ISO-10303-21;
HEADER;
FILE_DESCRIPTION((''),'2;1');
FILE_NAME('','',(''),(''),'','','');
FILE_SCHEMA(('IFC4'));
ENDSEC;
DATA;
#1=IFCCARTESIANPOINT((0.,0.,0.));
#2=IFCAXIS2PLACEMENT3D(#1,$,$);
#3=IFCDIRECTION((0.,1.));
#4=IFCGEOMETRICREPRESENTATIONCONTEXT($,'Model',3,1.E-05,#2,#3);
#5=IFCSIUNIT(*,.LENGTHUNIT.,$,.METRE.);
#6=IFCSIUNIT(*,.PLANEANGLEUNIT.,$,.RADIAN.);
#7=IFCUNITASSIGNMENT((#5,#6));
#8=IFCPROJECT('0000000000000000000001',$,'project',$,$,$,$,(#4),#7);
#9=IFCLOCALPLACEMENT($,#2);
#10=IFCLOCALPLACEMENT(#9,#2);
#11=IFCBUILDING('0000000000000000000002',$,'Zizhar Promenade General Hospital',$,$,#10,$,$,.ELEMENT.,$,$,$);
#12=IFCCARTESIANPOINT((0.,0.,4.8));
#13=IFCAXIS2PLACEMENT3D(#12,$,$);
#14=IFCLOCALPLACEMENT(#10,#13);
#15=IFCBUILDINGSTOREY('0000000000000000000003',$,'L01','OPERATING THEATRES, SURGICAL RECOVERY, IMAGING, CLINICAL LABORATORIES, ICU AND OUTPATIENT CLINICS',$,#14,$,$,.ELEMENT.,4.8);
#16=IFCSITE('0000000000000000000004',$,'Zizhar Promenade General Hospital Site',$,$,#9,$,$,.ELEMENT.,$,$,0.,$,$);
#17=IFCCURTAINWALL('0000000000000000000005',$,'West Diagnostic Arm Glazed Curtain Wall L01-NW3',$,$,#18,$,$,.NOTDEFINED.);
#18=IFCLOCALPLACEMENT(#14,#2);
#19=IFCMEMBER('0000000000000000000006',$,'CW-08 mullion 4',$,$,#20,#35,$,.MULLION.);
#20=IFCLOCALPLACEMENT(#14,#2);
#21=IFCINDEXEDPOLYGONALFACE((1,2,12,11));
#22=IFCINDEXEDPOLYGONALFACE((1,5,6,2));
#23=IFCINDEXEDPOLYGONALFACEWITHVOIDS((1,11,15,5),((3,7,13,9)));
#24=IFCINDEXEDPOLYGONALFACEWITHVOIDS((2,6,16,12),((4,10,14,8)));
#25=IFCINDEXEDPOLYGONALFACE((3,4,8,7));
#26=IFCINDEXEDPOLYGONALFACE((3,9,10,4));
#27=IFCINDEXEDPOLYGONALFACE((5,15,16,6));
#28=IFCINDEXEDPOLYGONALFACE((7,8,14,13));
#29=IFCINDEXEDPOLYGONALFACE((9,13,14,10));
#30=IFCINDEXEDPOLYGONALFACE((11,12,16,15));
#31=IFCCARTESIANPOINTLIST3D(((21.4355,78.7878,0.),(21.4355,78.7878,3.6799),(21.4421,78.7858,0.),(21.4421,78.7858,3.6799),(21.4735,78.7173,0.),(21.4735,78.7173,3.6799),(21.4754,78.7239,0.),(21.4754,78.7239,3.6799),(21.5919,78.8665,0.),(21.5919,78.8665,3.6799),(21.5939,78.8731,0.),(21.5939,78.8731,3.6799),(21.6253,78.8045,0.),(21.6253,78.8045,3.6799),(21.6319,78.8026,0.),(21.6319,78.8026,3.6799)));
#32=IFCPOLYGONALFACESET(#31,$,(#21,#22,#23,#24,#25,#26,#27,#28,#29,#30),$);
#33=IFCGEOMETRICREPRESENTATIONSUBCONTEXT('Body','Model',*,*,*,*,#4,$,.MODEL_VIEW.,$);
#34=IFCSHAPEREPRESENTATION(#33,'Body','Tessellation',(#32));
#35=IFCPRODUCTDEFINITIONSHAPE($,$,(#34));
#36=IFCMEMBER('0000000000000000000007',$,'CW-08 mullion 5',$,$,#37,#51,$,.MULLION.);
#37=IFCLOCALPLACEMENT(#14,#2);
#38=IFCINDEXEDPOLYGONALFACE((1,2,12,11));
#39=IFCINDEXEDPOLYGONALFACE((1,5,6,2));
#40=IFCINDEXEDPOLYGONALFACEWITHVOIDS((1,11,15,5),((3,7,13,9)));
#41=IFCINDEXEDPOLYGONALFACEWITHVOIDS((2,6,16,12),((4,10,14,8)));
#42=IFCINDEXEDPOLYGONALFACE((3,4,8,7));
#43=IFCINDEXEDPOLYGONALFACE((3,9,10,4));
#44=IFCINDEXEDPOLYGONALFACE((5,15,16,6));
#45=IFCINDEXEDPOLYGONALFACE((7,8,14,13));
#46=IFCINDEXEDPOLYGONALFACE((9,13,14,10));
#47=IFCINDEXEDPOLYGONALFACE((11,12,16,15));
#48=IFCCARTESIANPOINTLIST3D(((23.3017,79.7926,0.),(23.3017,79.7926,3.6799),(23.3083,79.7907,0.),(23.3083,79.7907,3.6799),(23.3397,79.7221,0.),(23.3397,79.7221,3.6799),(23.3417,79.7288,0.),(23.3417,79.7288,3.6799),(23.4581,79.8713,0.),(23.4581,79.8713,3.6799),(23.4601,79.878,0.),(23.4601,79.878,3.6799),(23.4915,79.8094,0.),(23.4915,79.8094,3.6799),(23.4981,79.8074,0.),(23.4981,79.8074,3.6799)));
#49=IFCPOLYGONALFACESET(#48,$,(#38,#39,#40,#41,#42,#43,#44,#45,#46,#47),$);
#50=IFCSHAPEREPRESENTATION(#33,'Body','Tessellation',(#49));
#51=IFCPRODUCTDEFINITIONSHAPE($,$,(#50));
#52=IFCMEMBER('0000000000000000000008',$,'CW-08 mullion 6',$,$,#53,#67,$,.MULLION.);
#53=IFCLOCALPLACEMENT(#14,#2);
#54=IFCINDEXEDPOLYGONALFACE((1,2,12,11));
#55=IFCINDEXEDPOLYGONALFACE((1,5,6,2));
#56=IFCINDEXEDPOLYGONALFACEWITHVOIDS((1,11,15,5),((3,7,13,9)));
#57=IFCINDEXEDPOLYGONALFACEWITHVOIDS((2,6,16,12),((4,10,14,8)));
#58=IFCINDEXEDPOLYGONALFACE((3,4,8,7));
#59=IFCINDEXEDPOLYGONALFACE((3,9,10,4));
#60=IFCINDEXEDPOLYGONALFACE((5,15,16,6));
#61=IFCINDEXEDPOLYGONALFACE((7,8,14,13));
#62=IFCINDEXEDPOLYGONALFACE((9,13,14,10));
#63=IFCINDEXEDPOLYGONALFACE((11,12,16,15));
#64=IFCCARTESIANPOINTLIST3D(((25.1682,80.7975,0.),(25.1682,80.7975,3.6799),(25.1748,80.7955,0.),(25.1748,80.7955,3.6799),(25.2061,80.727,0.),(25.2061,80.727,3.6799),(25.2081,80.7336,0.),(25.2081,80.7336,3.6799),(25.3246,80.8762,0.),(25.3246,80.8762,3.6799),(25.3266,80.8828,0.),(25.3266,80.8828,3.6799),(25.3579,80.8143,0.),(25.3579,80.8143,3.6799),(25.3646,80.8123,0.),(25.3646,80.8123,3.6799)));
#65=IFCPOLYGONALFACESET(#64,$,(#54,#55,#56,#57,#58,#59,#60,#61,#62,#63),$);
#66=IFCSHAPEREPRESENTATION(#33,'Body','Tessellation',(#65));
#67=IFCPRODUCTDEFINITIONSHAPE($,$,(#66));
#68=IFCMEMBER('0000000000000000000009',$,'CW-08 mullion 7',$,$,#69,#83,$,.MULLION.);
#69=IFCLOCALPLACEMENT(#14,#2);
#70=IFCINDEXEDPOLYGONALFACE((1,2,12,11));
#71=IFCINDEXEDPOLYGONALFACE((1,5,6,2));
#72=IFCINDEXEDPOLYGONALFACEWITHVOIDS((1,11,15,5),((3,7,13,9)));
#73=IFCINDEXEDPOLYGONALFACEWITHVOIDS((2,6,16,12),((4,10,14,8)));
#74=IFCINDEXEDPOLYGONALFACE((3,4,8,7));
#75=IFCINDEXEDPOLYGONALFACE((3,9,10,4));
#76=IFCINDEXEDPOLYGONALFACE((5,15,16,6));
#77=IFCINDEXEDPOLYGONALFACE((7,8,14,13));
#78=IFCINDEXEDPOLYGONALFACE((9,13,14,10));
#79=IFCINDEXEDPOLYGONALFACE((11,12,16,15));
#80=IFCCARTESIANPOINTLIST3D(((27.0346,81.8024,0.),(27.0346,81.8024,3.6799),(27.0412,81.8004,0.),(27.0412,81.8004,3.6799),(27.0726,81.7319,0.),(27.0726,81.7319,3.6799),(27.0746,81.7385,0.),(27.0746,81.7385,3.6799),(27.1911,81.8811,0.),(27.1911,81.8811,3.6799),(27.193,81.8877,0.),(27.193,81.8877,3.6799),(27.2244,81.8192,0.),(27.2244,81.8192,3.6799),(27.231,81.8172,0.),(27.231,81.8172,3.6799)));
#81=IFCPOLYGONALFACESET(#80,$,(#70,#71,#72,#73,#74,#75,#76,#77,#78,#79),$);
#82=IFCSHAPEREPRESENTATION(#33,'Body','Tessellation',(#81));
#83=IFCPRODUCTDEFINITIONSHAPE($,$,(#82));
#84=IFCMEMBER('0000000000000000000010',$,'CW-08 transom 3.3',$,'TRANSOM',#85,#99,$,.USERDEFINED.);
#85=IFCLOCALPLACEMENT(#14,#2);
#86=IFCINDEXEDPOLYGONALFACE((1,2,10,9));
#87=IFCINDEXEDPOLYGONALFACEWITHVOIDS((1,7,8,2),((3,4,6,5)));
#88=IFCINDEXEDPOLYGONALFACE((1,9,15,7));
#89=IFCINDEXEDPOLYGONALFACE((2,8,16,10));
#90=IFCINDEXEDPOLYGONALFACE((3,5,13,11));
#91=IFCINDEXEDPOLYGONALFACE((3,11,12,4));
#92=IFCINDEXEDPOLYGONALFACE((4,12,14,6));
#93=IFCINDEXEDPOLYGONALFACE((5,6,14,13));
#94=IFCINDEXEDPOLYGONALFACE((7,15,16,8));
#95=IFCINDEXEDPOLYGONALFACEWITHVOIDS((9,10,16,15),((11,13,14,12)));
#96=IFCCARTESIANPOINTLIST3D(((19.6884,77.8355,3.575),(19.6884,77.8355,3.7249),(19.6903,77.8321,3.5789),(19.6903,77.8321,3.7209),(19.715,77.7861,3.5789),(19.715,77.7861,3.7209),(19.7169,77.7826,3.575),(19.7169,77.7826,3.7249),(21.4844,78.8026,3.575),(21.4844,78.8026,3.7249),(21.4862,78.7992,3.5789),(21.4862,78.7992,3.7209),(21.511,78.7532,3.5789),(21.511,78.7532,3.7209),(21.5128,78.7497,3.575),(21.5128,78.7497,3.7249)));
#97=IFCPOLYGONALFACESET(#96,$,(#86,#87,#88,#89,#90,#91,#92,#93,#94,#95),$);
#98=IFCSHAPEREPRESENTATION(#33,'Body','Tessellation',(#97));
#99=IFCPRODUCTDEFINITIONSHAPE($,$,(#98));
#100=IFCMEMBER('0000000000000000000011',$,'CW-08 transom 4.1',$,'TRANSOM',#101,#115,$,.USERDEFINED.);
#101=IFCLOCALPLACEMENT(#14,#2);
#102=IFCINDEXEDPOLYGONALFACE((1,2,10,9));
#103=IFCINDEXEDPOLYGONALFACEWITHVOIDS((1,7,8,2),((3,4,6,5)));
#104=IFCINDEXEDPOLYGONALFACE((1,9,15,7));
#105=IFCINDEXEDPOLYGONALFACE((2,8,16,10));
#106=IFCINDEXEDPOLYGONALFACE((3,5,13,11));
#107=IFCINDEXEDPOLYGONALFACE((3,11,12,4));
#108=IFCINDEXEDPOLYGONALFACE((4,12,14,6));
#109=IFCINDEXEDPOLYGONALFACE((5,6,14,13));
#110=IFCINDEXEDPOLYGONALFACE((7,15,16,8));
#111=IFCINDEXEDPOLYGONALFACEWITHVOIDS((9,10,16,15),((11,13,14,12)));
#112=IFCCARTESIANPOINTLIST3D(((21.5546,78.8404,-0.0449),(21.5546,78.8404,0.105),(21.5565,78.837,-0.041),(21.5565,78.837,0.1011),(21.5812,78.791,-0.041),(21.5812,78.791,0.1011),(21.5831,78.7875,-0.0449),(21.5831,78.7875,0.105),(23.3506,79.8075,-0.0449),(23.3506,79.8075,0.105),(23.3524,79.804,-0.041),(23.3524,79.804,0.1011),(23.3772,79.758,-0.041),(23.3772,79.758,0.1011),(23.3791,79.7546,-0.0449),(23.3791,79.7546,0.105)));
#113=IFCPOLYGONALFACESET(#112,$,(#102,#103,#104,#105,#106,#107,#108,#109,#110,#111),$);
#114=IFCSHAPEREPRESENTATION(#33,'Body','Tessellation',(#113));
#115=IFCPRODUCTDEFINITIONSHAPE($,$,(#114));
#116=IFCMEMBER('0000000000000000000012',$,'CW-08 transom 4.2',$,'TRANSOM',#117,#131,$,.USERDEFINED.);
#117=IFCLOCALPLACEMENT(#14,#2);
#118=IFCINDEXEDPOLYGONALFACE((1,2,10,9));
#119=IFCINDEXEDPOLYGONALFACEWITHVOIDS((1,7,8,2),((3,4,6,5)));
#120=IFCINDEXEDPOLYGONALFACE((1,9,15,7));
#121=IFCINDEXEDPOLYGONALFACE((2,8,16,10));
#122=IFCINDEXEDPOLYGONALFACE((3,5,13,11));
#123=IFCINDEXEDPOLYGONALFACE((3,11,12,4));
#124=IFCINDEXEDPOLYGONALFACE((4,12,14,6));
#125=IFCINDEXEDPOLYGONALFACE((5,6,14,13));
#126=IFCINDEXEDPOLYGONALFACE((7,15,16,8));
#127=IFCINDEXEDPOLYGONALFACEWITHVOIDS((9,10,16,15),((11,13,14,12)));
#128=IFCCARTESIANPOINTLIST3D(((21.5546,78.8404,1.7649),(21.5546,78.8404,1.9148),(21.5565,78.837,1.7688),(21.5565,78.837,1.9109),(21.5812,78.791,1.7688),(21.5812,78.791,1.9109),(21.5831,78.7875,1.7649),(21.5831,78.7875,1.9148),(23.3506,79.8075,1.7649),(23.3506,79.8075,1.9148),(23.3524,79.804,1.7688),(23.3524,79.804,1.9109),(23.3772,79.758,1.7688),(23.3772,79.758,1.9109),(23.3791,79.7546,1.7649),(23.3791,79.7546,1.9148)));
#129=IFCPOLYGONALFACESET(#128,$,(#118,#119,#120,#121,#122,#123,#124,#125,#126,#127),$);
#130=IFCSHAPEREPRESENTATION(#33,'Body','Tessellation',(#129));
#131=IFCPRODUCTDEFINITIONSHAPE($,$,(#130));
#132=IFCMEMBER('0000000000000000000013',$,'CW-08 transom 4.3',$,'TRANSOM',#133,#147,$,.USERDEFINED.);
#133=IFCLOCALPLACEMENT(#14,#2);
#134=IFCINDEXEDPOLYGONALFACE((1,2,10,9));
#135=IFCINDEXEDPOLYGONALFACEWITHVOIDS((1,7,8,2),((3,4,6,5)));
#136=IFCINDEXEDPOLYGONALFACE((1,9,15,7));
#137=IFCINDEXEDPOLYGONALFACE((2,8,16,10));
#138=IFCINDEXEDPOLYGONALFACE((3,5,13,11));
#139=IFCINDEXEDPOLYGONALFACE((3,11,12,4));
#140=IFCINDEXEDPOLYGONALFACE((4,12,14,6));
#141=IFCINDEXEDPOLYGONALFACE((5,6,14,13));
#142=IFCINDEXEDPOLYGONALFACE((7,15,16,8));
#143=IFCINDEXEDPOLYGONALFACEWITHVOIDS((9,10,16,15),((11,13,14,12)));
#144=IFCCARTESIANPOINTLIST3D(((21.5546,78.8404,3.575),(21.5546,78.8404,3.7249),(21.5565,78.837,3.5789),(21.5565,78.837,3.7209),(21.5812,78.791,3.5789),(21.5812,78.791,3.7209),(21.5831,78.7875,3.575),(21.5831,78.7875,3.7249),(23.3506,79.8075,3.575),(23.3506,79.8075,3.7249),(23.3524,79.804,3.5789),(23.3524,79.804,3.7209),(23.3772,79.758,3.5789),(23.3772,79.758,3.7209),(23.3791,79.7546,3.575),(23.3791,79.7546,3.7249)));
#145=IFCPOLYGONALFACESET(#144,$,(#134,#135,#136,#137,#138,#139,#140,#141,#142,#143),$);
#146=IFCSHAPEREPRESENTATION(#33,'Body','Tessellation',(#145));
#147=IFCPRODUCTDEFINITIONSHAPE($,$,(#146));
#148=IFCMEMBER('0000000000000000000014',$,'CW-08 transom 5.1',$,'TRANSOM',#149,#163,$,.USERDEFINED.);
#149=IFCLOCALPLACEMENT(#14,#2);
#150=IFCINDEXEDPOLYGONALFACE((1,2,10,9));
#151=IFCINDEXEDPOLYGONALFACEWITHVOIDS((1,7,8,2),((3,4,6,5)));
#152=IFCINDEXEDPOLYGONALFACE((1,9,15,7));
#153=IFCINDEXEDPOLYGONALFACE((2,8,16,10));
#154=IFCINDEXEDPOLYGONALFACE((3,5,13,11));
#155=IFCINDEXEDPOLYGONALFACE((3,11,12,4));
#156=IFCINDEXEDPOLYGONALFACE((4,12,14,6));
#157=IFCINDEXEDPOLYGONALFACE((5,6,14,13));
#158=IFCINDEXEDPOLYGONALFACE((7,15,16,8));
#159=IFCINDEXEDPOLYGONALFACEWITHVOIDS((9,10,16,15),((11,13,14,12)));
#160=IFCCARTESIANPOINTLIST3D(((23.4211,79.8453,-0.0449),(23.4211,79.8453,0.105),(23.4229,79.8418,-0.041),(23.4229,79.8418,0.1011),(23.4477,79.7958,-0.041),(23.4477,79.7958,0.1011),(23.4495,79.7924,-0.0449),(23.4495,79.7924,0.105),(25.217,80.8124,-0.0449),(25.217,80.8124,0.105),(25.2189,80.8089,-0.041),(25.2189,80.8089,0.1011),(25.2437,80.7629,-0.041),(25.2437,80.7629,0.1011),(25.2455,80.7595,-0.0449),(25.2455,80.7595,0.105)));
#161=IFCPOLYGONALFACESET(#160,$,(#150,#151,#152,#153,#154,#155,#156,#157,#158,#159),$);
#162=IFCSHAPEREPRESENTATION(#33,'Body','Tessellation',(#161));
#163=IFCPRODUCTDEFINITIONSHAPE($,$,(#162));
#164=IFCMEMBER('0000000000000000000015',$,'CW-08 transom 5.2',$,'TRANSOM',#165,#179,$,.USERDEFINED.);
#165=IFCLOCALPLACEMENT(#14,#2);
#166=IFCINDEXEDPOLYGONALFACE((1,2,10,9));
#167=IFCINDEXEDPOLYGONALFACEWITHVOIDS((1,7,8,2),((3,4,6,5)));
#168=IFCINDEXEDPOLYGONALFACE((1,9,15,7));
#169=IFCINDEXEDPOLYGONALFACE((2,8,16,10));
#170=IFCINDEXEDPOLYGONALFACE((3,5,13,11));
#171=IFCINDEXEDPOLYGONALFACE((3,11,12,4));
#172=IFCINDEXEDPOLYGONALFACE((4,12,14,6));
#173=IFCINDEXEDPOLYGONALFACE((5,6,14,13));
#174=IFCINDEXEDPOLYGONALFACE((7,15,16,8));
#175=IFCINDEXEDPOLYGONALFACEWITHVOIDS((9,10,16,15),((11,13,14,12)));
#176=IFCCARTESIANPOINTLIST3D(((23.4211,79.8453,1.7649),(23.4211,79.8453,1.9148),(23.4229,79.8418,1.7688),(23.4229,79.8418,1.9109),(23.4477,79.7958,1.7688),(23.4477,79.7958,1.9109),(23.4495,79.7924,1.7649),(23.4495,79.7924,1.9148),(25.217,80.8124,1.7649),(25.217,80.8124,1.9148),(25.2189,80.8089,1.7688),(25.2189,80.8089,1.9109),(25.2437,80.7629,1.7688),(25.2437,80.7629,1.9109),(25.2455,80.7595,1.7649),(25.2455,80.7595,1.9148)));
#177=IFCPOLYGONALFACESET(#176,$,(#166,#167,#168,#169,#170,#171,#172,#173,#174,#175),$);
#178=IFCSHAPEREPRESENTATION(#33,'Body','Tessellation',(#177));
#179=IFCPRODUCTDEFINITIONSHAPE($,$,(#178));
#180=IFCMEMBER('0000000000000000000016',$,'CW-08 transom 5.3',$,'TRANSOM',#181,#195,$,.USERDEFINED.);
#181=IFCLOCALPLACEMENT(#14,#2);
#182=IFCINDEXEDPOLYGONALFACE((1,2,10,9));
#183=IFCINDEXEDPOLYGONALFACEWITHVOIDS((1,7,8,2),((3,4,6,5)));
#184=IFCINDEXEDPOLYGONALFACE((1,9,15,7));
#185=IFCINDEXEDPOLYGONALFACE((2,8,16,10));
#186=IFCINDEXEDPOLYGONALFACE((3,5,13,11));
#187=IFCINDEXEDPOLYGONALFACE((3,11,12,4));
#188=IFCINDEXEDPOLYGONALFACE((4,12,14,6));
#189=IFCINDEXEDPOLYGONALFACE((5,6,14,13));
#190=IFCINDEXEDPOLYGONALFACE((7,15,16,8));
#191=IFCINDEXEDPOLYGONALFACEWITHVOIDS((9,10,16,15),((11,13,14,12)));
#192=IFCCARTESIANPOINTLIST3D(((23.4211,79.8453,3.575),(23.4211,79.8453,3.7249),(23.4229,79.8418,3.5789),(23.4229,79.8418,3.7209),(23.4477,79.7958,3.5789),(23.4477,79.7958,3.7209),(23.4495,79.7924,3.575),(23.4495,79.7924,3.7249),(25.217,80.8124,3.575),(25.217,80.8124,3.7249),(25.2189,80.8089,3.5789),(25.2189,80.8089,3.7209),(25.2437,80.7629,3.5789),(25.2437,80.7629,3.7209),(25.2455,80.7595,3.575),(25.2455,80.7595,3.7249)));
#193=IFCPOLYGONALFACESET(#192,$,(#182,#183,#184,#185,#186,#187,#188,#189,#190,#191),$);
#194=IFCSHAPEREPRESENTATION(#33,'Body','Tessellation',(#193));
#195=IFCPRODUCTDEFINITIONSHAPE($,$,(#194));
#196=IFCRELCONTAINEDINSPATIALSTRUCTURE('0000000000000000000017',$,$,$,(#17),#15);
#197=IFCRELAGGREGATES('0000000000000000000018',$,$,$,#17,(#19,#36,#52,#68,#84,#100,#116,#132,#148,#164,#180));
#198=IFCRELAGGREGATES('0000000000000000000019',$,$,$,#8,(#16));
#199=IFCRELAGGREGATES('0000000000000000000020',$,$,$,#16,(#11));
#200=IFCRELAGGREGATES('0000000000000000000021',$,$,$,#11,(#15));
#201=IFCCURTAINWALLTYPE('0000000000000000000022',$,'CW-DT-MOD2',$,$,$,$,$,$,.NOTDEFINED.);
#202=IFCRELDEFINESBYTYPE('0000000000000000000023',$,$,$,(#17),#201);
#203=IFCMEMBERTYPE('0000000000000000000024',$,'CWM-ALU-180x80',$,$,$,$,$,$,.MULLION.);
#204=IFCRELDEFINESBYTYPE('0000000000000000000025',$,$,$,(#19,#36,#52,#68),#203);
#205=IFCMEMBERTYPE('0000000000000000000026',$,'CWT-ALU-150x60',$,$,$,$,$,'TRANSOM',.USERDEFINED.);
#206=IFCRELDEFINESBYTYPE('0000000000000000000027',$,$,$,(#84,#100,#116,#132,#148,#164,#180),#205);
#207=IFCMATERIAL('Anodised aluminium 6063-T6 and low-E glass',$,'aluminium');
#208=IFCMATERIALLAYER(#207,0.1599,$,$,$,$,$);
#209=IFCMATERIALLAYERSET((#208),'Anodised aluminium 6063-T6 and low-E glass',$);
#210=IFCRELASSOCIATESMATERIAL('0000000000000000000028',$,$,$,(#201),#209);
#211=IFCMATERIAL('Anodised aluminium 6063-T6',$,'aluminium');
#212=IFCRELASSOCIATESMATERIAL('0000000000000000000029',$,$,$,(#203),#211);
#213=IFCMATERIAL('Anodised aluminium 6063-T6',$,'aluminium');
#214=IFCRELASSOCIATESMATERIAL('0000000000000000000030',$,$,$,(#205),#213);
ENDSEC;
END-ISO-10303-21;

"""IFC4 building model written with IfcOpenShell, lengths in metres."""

from ifc_helpers import new_model, si_unit, direction, frame, origin, origin_2d, place, context, subcontext, project, spatial, hollow_rectangle, extrude, material, layer, layer_set, material_profile, profile_set, type_object, element, aggregate, save


model = new_model("IFC4")

# Units and contexts
model_context = context("Model", 3, precision=1e-05, world=origin(), true_north=direction((0.0, 1.0)))
body_context = subcontext(model_context, "Body", "Model", "MODEL_VIEW")
ifc_project = project(units=[si_unit("LENGTHUNIT", "METRE"), si_unit("PLANEANGLEUNIT", "RADIAN")], contexts=[model_context])

# Site, building, storey
site_placement = place(None, origin())
site = spatial("IfcSite", under=ifc_project, at=site_placement, Name="Zizhar Promenade General Hospital Site", CompositionType="ELEMENT", RefElevation=0.0)
building_placement = place(site_placement, origin())
building = spatial("IfcBuilding", under=site, at=building_placement, Name="Zizhar Promenade General Hospital", CompositionType="ELEMENT")
storey_placement = place(building_placement, frame((0.0, 0.0, 4.8)))
storey = spatial("IfcBuildingStorey", under=building, at=storey_placement, Name="L01", Description="OPERATING THEATRES, SURGICAL RECOVERY, IMAGING, CLINICAL LABORATORIES, ICU AND OUTPATIENT CLINICS", CompositionType="ELEMENT", Elevation=4.8)

# Curtain wall, members
ifc_material_1 = material(Name="Anodised aluminium 6063-T6 and low-E glass", Category="aluminium")
ifc_layer_1 = layer(ifc_material_1, 0.1599)
ifc_layer_set_1 = layer_set([ifc_layer_1], Name="Anodised aluminium 6063-T6 and low-E glass")
curtain_wall_type = type_object("IfcCurtainWallType", Name="CW-DT-MOD2", PredefinedType="NOTDEFINED", material=ifc_layer_set_1)
curtain_wall_placement = place(storey_placement, origin())
curtain_wall = element("IfcCurtainWall", 1, at=curtain_wall_placement, inside=storey, type_object=curtain_wall_type, Name="West Diagnostic Arm Glazed Curtain Wall L01-NW3", PredefinedType="NOTDEFINED")
ifc_material_2 = material(Name="Anodised aluminium 6063-T6", Category="aluminium")
ifc_material_profile_1 = material_profile(ifc_material_2, hollow_rectangle(XDim=0.0801, YDim=0.1799, WallThickness=0.0049, at=origin_2d()))
ifc_profile_set_1 = profile_set([ifc_material_profile_1], Name="Anodised aluminium 6063-T6")
member_type_1 = type_object("IfcMemberType", Name="CWM-ALU-180x80", PredefinedType="MULLION", material=ifc_profile_set_1)
member_1_placement = place(storey_placement, frame((21.5337, 78.7952, 0.0), z_axis=(0.0, 0.0, 1.0), x_axis=(-0.474097, 0.880473, 0.0)))
member_1 = element("IfcMember", 2, at=member_1_placement, type_object=member_type_1, Name="CW-08 mullion 4", PredefinedType="MULLION", context=body_context, shape_type="SweptSolid", body=[
    extrude(hollow_rectangle(XDim=0.0801, YDim=0.1799, WallThickness=0.0049, at=origin_2d()), origin(), (0.0, 0.0, 1.0), 3.6799),
])
member_2_placement = place(storey_placement, frame((23.3999, 79.8, 0.0), z_axis=(0.0, 0.0, 1.0), x_axis=(-0.474097, 0.880473, 0.0)))
member_2 = element("IfcMember", 3, at=member_2_placement, type_object=member_type_1, Name="CW-08 mullion 5", PredefinedType="MULLION", context=body_context, shape_type="SweptSolid", body=[
    extrude(hollow_rectangle(XDim=0.0801, YDim=0.1799, WallThickness=0.0049, at=origin_2d()), origin(), (0.0, 0.0, 1.0), 3.6799),
])
member_3_placement = place(storey_placement, frame((25.2664, 80.8049, 0.0), z_axis=(0.0, 0.0, 1.0), x_axis=(-0.474097, 0.880473, 0.0)))
member_3 = element("IfcMember", 4, at=member_3_placement, type_object=member_type_1, Name="CW-08 mullion 6", PredefinedType="MULLION", context=body_context, shape_type="SweptSolid", body=[
    extrude(hollow_rectangle(XDim=0.0801, YDim=0.1799, WallThickness=0.0049, at=origin_2d()), origin(), (0.0, 0.0, 1.0), 3.6799),
])
member_4_placement = place(storey_placement, frame((27.1328, 81.8098, 0.0), z_axis=(0.0, 0.0, 1.0), x_axis=(-0.474097, 0.880473, 0.0)))
member_4 = element("IfcMember", 5, at=member_4_placement, type_object=member_type_1, Name="CW-08 mullion 7", PredefinedType="MULLION", context=body_context, shape_type="SweptSolid", body=[
    extrude(hollow_rectangle(XDim=0.0801, YDim=0.1799, WallThickness=0.0049, at=origin_2d()), origin(), (0.0, 0.0, 1.0), 3.6799),
])
ifc_material_3 = material(Name="Anodised aluminium 6063-T6", Category="aluminium")
ifc_material_profile_2 = material_profile(ifc_material_3, hollow_rectangle(XDim=0.0601, YDim=0.1499, WallThickness=0.0039, at=origin_2d()))
ifc_profile_set_2 = profile_set([ifc_material_profile_2], Name="Anodised aluminium 6063-T6")
member_type_2 = type_object("IfcMemberType", Name="CWT-ALU-150x60", ElementType="TRANSOM", PredefinedType="USERDEFINED", material=ifc_profile_set_2)
member_5_placement = place(storey_placement, frame((19.7026, 77.8091, 3.6499), z_axis=(0.880467, 0.474107, 0.0), x_axis=(-0.474107, 0.880467, 0.0)))
member_5 = element("IfcMember", 6, at=member_5_placement, type_object=member_type_2, Name="CW-08 transom 3.3", ObjectType="TRANSOM", PredefinedType="USERDEFINED", context=body_context, shape_type="SweptSolid", body=[
    extrude(hollow_rectangle(XDim=0.0601, YDim=0.1499, WallThickness=0.0039, at=origin_2d()), origin(), (0.0, 0.0, 1.0), 2.0398),
])
member_6_placement = place(storey_placement, frame((21.5688, 78.814, 0.03), z_axis=(0.880467, 0.474107, 0.0), x_axis=(-0.474107, 0.880467, 0.0)))
member_6 = element("IfcMember", 7, at=member_6_placement, type_object=member_type_2, Name="CW-08 transom 4.1", ObjectType="TRANSOM", PredefinedType="USERDEFINED", context=body_context, shape_type="SweptSolid", body=[
    extrude(hollow_rectangle(XDim=0.0601, YDim=0.1499, WallThickness=0.0039, at=origin_2d()), origin(), (0.0, 0.0, 1.0), 2.0398),
])
member_7_placement = place(storey_placement, frame((21.5688, 78.814, 1.8398), z_axis=(0.880467, 0.474107, 0.0), x_axis=(-0.474107, 0.880467, 0.0)))
member_7 = element("IfcMember", 8, at=member_7_placement, type_object=member_type_2, Name="CW-08 transom 4.2", ObjectType="TRANSOM", PredefinedType="USERDEFINED", context=body_context, shape_type="SweptSolid", body=[
    extrude(hollow_rectangle(XDim=0.0601, YDim=0.1499, WallThickness=0.0039, at=origin_2d()), origin(), (0.0, 0.0, 1.0), 2.0398),
])
member_8_placement = place(storey_placement, frame((21.5688, 78.814, 3.6499), z_axis=(0.880467, 0.474107, 0.0), x_axis=(-0.474107, 0.880467, 0.0)))
member_8 = element("IfcMember", 9, at=member_8_placement, type_object=member_type_2, Name="CW-08 transom 4.3", ObjectType="TRANSOM", PredefinedType="USERDEFINED", context=body_context, shape_type="SweptSolid", body=[
    extrude(hollow_rectangle(XDim=0.0601, YDim=0.1499, WallThickness=0.0039, at=origin_2d()), origin(), (0.0, 0.0, 1.0), 2.0398),
])
member_9_placement = place(storey_placement, frame((23.4353, 79.8188, 0.03), z_axis=(0.880467, 0.474107, 0.0), x_axis=(-0.474107, 0.880467, 0.0)))
member_9 = element("IfcMember", 10, at=member_9_placement, type_object=member_type_2, Name="CW-08 transom 5.1", ObjectType="TRANSOM", PredefinedType="USERDEFINED", context=body_context, shape_type="SweptSolid", body=[
    extrude(hollow_rectangle(XDim=0.0601, YDim=0.1499, WallThickness=0.0039, at=origin_2d()), origin(), (0.0, 0.0, 1.0), 2.0398),
])
member_10_placement = place(storey_placement, frame((23.4353, 79.8188, 1.8398), z_axis=(0.880467, 0.474107, 0.0), x_axis=(-0.474107, 0.880467, 0.0)))
member_10 = element("IfcMember", 11, at=member_10_placement, type_object=member_type_2, Name="CW-08 transom 5.2", ObjectType="TRANSOM", PredefinedType="USERDEFINED", context=body_context, shape_type="SweptSolid", body=[
    extrude(hollow_rectangle(XDim=0.0601, YDim=0.1499, WallThickness=0.0039, at=origin_2d()), origin(), (0.0, 0.0, 1.0), 2.0398),
])
member_11_placement = place(storey_placement, frame((23.4353, 79.8188, 3.6499), z_axis=(0.880467, 0.474107, 0.0), x_axis=(-0.474107, 0.880467, 0.0)))
member_11 = element("IfcMember", 12, at=member_11_placement, type_object=member_type_2, Name="CW-08 transom 5.3", ObjectType="TRANSOM", PredefinedType="USERDEFINED", context=body_context, shape_type="SweptSolid", body=[
    extrude(hollow_rectangle(XDim=0.0601, YDim=0.1499, WallThickness=0.0039, at=origin_2d()), origin(), (0.0, 0.0, 1.0), 2.0398),
])
aggregate(curtain_wall, [member_1, member_2, member_3, member_4, member_5, member_6, member_7, member_8, member_9, member_10, member_11])

save(model, "model.ifc")
